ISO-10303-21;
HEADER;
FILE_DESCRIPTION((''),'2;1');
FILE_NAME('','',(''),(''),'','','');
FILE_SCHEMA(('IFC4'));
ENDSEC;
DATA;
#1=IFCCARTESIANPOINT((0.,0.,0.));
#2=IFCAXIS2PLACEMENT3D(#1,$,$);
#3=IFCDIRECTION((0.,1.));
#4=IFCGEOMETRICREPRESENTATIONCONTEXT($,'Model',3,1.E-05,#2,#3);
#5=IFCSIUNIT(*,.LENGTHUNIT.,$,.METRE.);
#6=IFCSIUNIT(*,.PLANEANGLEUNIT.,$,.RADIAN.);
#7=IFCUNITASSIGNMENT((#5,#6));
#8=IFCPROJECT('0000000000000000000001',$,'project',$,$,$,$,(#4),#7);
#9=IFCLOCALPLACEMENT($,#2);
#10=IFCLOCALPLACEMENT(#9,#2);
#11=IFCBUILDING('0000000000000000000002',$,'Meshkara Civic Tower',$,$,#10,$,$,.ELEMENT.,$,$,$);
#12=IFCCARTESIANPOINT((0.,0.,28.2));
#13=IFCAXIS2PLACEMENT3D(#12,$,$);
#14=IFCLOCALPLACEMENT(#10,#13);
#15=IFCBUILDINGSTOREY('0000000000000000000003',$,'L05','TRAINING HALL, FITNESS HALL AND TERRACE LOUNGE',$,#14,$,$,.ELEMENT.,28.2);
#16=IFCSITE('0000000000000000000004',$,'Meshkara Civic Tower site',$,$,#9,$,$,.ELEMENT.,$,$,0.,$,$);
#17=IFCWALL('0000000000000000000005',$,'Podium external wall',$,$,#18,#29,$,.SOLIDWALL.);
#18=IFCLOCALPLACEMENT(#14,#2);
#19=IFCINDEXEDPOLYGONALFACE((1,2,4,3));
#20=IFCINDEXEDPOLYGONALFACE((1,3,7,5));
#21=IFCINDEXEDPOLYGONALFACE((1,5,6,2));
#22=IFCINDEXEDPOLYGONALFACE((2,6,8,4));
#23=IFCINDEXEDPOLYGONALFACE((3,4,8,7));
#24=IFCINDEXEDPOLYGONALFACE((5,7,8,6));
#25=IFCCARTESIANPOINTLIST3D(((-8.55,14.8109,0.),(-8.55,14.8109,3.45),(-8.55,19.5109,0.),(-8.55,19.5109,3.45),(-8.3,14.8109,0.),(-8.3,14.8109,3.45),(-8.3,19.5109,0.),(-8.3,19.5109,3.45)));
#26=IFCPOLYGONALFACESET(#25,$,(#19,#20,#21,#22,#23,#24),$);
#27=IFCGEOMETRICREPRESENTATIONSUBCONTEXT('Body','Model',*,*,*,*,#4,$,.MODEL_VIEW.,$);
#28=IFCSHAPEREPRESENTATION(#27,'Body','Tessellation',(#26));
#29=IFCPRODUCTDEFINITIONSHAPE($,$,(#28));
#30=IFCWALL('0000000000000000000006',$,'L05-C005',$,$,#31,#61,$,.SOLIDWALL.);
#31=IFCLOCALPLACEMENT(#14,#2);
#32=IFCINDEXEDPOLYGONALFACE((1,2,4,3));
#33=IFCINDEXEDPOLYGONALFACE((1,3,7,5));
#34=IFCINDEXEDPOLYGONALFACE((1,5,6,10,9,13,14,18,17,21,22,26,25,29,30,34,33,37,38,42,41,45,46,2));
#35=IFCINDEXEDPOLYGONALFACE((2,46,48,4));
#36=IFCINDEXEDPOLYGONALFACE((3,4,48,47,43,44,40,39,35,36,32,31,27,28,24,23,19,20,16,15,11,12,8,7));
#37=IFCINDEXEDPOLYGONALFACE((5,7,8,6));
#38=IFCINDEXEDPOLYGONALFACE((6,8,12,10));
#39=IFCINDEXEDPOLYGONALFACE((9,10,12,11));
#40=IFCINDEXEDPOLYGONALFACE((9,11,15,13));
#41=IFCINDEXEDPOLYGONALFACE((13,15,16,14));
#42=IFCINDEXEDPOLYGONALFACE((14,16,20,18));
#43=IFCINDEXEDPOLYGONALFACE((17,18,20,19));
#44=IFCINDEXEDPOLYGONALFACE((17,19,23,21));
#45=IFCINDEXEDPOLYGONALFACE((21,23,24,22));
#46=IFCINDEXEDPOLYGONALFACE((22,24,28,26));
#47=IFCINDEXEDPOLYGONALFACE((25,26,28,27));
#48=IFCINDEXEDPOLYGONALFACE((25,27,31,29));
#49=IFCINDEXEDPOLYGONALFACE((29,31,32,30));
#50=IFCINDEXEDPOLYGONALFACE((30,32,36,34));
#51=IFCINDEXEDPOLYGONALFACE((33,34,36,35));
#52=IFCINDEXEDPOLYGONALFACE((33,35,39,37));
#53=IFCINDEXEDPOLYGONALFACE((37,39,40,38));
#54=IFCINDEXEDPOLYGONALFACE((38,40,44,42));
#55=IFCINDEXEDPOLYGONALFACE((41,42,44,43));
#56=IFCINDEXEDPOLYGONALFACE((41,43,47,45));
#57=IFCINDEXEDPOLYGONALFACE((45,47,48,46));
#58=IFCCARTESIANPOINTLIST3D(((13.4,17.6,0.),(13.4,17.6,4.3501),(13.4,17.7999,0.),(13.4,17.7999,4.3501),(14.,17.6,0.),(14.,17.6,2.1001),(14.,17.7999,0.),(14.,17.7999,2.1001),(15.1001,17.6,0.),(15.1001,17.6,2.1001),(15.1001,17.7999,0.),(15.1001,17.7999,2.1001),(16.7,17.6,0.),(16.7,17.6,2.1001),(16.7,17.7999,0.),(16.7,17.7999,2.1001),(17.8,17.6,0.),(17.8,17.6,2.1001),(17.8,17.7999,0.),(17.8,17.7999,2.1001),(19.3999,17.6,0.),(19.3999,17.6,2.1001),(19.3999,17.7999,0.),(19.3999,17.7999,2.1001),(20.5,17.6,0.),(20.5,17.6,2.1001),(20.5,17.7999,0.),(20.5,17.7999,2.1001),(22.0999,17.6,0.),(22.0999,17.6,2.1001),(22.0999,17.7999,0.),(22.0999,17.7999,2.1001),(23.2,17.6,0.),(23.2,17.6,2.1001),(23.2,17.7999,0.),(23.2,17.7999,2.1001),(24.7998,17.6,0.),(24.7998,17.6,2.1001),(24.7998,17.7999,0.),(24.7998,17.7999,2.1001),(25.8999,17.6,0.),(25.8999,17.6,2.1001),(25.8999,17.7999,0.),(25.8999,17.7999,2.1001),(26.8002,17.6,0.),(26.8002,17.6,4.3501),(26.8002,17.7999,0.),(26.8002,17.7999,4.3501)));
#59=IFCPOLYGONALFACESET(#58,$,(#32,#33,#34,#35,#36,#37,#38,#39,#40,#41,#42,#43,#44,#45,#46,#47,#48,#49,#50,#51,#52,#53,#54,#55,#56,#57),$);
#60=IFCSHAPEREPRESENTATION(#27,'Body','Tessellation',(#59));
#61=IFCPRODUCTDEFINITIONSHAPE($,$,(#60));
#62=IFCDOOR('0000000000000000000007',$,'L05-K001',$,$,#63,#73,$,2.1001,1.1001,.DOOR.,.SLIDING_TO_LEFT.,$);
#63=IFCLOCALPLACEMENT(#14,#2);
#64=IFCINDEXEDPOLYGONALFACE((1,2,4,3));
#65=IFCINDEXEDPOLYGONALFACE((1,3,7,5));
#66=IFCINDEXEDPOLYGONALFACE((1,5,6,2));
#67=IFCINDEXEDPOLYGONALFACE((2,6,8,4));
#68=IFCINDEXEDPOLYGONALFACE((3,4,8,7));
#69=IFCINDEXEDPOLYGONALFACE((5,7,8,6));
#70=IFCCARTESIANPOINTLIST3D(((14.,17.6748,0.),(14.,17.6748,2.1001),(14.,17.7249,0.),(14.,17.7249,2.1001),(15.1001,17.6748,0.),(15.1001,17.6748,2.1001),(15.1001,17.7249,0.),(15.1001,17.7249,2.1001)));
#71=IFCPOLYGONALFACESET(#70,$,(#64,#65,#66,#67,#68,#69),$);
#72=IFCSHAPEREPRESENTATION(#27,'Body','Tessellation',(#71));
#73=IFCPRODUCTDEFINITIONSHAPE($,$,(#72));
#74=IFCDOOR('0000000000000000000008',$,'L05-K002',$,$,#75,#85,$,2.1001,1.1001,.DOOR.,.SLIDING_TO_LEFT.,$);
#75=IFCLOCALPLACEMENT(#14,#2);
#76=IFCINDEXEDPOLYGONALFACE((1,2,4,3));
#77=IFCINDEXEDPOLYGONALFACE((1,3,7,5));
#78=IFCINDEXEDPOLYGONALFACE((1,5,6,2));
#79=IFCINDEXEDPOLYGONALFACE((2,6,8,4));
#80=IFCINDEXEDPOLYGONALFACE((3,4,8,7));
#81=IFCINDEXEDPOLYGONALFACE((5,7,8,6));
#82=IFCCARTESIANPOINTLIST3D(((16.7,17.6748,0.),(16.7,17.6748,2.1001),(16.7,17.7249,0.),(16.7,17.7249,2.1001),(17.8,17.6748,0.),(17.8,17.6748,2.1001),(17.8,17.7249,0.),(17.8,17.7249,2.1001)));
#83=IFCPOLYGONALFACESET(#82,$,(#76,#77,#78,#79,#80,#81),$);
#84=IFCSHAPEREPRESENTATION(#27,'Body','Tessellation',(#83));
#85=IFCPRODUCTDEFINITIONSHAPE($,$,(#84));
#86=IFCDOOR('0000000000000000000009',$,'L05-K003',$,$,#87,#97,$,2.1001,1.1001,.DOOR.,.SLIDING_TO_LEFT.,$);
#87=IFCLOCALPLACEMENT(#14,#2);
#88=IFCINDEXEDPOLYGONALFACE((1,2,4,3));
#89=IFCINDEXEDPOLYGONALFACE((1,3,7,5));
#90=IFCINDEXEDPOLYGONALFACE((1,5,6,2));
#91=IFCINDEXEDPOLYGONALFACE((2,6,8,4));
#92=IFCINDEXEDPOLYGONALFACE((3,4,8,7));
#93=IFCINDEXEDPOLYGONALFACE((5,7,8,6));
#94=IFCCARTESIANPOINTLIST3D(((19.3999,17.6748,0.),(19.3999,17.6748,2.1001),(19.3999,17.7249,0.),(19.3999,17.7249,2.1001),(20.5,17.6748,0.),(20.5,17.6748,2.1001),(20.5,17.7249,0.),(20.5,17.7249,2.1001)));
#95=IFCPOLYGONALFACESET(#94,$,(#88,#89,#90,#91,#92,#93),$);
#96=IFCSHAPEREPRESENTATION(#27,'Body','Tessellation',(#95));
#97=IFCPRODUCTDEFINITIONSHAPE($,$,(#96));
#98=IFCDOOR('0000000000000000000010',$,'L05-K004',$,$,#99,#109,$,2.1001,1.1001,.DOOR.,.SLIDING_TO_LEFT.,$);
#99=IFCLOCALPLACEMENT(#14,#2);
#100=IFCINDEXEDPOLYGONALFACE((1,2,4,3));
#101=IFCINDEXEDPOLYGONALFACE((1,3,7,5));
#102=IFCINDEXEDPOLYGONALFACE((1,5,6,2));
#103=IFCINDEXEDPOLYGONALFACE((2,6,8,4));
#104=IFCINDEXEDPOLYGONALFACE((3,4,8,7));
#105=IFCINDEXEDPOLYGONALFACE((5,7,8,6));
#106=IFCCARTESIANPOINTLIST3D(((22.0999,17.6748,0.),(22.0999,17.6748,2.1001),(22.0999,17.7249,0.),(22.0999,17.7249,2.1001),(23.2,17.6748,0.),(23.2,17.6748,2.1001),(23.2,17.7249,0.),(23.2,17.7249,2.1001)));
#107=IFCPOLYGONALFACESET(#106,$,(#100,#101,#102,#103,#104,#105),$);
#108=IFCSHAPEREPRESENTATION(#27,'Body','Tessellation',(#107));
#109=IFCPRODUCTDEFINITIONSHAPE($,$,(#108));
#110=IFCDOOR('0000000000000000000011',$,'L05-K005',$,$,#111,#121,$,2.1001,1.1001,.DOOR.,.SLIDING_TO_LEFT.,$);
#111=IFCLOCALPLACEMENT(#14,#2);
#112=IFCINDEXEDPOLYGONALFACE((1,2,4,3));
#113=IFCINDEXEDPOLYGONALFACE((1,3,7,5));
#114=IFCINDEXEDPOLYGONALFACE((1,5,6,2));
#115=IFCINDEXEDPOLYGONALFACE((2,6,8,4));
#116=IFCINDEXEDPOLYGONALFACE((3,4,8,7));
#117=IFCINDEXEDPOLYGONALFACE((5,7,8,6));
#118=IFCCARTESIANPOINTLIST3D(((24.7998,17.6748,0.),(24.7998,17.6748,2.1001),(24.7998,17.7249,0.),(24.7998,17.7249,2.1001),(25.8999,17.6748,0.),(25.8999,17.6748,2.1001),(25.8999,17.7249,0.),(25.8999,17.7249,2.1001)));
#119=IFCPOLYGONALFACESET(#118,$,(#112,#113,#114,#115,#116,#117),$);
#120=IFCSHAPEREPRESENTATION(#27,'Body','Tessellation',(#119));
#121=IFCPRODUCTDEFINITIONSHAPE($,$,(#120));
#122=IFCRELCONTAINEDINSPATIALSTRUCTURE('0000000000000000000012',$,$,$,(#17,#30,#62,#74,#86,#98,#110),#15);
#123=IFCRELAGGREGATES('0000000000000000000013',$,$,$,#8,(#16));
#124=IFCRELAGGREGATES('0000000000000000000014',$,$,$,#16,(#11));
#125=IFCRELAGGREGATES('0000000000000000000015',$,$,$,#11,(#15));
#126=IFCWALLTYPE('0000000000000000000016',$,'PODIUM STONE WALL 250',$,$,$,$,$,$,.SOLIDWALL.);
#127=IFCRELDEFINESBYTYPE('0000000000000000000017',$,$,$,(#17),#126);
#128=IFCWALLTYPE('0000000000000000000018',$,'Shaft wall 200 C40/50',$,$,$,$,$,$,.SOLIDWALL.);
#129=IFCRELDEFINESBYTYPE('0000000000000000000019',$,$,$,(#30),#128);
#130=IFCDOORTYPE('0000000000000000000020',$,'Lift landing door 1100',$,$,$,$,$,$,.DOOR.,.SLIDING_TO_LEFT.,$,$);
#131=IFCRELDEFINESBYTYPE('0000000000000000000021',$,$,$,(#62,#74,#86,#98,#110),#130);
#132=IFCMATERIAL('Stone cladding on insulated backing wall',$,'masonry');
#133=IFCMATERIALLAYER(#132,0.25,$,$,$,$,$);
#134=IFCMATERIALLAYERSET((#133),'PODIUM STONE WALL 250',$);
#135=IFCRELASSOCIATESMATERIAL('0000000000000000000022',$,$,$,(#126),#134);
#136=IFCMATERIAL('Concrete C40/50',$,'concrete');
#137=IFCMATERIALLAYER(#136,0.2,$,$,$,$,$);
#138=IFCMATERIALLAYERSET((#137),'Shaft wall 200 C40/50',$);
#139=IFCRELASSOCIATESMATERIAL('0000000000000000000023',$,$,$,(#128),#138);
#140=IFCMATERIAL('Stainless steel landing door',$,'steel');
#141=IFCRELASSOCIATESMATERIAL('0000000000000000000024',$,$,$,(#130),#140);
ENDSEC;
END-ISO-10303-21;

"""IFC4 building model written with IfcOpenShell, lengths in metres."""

from ifc_helpers import new_model, si_unit, direction, frame, frame_2d, origin, place, context, subcontext, project, spatial, rectangle, extrude, material, layer, layer_set, type_object, element, fill, save


model = new_model("IFC4")

# Units and contexts
model_context = context("Model", 3, precision=1e-05, world=origin(), true_north=direction((0.0, 1.0)))
body_context = subcontext(model_context, "Body", "Model", "MODEL_VIEW")
ifc_project = project(units=[si_unit("LENGTHUNIT", "METRE"), si_unit("PLANEANGLEUNIT", "RADIAN")], contexts=[model_context])

# Site, building, storey
site_placement = place(None, origin())
site = spatial("IfcSite", under=ifc_project, at=site_placement, Name="Meshkara Civic Tower site", CompositionType="ELEMENT", RefElevation=0.0)
building_placement = place(site_placement, origin())
building = spatial("IfcBuilding", under=site, at=building_placement, Name="Meshkara Civic Tower", CompositionType="ELEMENT")
storey_placement = place(building_placement, frame((0.0, 0.0, 28.2)))
storey = spatial("IfcBuildingStorey", under=building, at=storey_placement, Name="L05", Description="TRAINING HALL, FITNESS HALL AND TERRACE LOUNGE", CompositionType="ELEMENT", Elevation=28.2)

# Shared definitions
ifc_material_1 = material(Name="Stone cladding on insulated backing wall", Category="masonry")
ifc_layer_1 = layer(ifc_material_1, 0.25)
ifc_layer_set_1 = layer_set([ifc_layer_1], Name="PODIUM STONE WALL 250")
wall_type_1 = type_object("IfcWallType", Name="PODIUM STONE WALL 250", PredefinedType="SOLIDWALL", material=ifc_layer_set_1)

# Wall
wall_1_placement = place(storey_placement, frame((-8.425, 19.511, 0.0), z_axis=(0.0, 0.0, 1.0), x_axis=(0.0, -1.0, 0.0)))
element("IfcWall", 1, at=wall_1_placement, inside=storey, type_object=wall_type_1, Name="Podium external wall", PredefinedType="SOLIDWALL", context=body_context, shape_type="SweptSolid", body=[
    extrude(rectangle(XDim=4.7, YDim=0.25, at=frame_2d((2.3501, 0.0))), origin(), (0.0, 0.0, 1.0), 3.45),
])

# Wall, openings, doors
ifc_material_2 = material(Name="Concrete C40/50", Category="concrete")
ifc_layer_2 = layer(ifc_material_2, 0.2)
ifc_layer_set_2 = layer_set([ifc_layer_2], Name="Shaft wall 200 C40/50")
wall_type_2 = type_object("IfcWallType", Name="Shaft wall 200 C40/50", PredefinedType="SOLIDWALL", material=ifc_layer_set_2)
wall_2_placement = place(storey_placement, frame((13.3999, 17.7, 0.0), z_axis=(0.0, 0.0, 1.0), x_axis=(1.0, 0.0, 0.0)))
wall_2 = element("IfcWall", 2, at=wall_2_placement, inside=storey, type_object=wall_type_2, Name="L05-C005", PredefinedType="SOLIDWALL", context=body_context, shape_type="SweptSolid", body=[
    extrude(rectangle(XDim=13.4001, YDim=0.2, at=frame_2d((6.7002, 0.0))), origin(), (0.0, 0.0, 1.0), 4.3501),
])
opening_1_placement = place(wall_2_placement, frame((0.6001, 0.0, 0.0)))
opening_1 = element("IfcOpeningElement", 3, at=opening_1_placement, cuts=wall_2, PredefinedType="OPENING", context=body_context, shape_type="SweptSolid", body=[
    extrude(rectangle(XDim=1.1001, YDim=2.1001, at=frame_2d((0.55, 1.05))), frame((0.0, 0.1099, 0.0), z_axis=(0.0, -1.0, 0.0), x_axis=(1.0, 0.0, 0.0)), (0.0, 0.0, 1.0), 0.22),
])
opening_2_placement = place(wall_2_placement, frame((3.3, 0.0, 0.0)))
opening_2 = element("IfcOpeningElement", 4, at=opening_2_placement, cuts=wall_2, PredefinedType="OPENING", context=body_context, shape_type="SweptSolid", body=[
    extrude(rectangle(XDim=1.1001, YDim=2.1001, at=frame_2d((0.55, 1.05))), frame((0.0, 0.1099, 0.0), z_axis=(0.0, -1.0, 0.0), x_axis=(1.0, 0.0, 0.0)), (0.0, 0.0, 1.0), 0.22),
])
opening_3_placement = place(wall_2_placement, frame((6.0, 0.0, 0.0)))
opening_3 = element("IfcOpeningElement", 5, at=opening_3_placement, cuts=wall_2, PredefinedType="OPENING", context=body_context, shape_type="SweptSolid", body=[
    extrude(rectangle(XDim=1.1001, YDim=2.1001, at=frame_2d((0.55, 1.05))), frame((0.0, 0.1099, 0.0), z_axis=(0.0, -1.0, 0.0), x_axis=(1.0, 0.0, 0.0)), (0.0, 0.0, 1.0), 0.22),
])
opening_4_placement = place(wall_2_placement, frame((8.7, 0.0, 0.0)))
opening_4 = element("IfcOpeningElement", 6, at=opening_4_placement, cuts=wall_2, PredefinedType="OPENING", context=body_context, shape_type="SweptSolid", body=[
    extrude(rectangle(XDim=1.1001, YDim=2.1001, at=frame_2d((0.55, 1.05))), frame((0.0, 0.1099, 0.0), z_axis=(0.0, -1.0, 0.0), x_axis=(1.0, 0.0, 0.0)), (0.0, 0.0, 1.0), 0.22),
])
opening_5_placement = place(wall_2_placement, frame((11.3999, 0.0, 0.0)))
opening_5 = element("IfcOpeningElement", 7, at=opening_5_placement, cuts=wall_2, PredefinedType="OPENING", context=body_context, shape_type="SweptSolid", body=[
    extrude(rectangle(XDim=1.1001, YDim=2.1001, at=frame_2d((0.55, 1.05))), frame((0.0, 0.1099, 0.0), z_axis=(0.0, -1.0, 0.0), x_axis=(1.0, 0.0, 0.0)), (0.0, 0.0, 1.0), 0.22),
])
ifc_material_3 = material(Name="Stainless steel landing door", Category="steel")
door_type = type_object("IfcDoorType", Name="Lift landing door 1100", OperationType="SLIDING_TO_LEFT", PredefinedType="DOOR", material=ifc_material_3)
door_1_placement = place(opening_1_placement, origin())
door_1 = element("IfcDoor", 8, at=door_1_placement, inside=storey, type_object=door_type, Name="L05-K001", OperationType="SLIDING_TO_LEFT", OverallHeight=2.1001, OverallWidth=1.1001, PredefinedType="DOOR", context=body_context, shape_type="SweptSolid", body=[
    extrude(rectangle(XDim=1.1001, YDim=2.1001, at=frame_2d((0.55, 1.05))), frame((0.0, 0.0249, 0.0), z_axis=(0.0, -1.0, 0.0), x_axis=(1.0, 0.0, 0.0)), (0.0, 0.0, 1.0), 0.05),
])
fill(opening_1, door_1)
door_2_placement = place(opening_2_placement, origin())
door_2 = element("IfcDoor", 9, at=door_2_placement, inside=storey, type_object=door_type, Name="L05-K002", OperationType="SLIDING_TO_LEFT", OverallHeight=2.1001, OverallWidth=1.1001, PredefinedType="DOOR", context=body_context, shape_type="SweptSolid", body=[
    extrude(rectangle(XDim=1.1001, YDim=2.1001, at=frame_2d((0.55, 1.05))), frame((0.0, 0.0249, 0.0), z_axis=(0.0, -1.0, 0.0), x_axis=(1.0, 0.0, 0.0)), (0.0, 0.0, 1.0), 0.05),
])
fill(opening_2, door_2)
door_3_placement = place(opening_3_placement, origin())
door_3 = element("IfcDoor", 10, at=door_3_placement, inside=storey, type_object=door_type, Name="L05-K003", OperationType="SLIDING_TO_LEFT", OverallHeight=2.1001, OverallWidth=1.1001, PredefinedType="DOOR", context=body_context, shape_type="SweptSolid", body=[
    extrude(rectangle(XDim=1.1001, YDim=2.1001, at=frame_2d((0.55, 1.05))), frame((0.0, 0.0249, 0.0), z_axis=(0.0, -1.0, 0.0), x_axis=(1.0, 0.0, 0.0)), (0.0, 0.0, 1.0), 0.05),
])
fill(opening_3, door_3)
door_4_placement = place(opening_4_placement, origin())
door_4 = element("IfcDoor", 11, at=door_4_placement, inside=storey, type_object=door_type, Name="L05-K004", OperationType="SLIDING_TO_LEFT", OverallHeight=2.1001, OverallWidth=1.1001, PredefinedType="DOOR", context=body_context, shape_type="SweptSolid", body=[
    extrude(rectangle(XDim=1.1001, YDim=2.1001, at=frame_2d((0.55, 1.05))), frame((0.0, 0.0249, 0.0), z_axis=(0.0, -1.0, 0.0), x_axis=(1.0, 0.0, 0.0)), (0.0, 0.0, 1.0), 0.05),
])
fill(opening_4, door_4)
door_5_placement = place(opening_5_placement, origin())
door_5 = element("IfcDoor", 12, at=door_5_placement, inside=storey, type_object=door_type, Name="L05-K005", OperationType="SLIDING_TO_LEFT", OverallHeight=2.1001, OverallWidth=1.1001, PredefinedType="DOOR", context=body_context, shape_type="SweptSolid", body=[
    extrude(rectangle(XDim=1.1001, YDim=2.1001, at=frame_2d((0.55, 1.05))), frame((0.0, 0.0249, 0.0), z_axis=(0.0, -1.0, 0.0), x_axis=(1.0, 0.0, 0.0)), (0.0, 0.0, 1.0), 0.05),
])
fill(opening_5, door_5)

save(model, "model.ifc")
